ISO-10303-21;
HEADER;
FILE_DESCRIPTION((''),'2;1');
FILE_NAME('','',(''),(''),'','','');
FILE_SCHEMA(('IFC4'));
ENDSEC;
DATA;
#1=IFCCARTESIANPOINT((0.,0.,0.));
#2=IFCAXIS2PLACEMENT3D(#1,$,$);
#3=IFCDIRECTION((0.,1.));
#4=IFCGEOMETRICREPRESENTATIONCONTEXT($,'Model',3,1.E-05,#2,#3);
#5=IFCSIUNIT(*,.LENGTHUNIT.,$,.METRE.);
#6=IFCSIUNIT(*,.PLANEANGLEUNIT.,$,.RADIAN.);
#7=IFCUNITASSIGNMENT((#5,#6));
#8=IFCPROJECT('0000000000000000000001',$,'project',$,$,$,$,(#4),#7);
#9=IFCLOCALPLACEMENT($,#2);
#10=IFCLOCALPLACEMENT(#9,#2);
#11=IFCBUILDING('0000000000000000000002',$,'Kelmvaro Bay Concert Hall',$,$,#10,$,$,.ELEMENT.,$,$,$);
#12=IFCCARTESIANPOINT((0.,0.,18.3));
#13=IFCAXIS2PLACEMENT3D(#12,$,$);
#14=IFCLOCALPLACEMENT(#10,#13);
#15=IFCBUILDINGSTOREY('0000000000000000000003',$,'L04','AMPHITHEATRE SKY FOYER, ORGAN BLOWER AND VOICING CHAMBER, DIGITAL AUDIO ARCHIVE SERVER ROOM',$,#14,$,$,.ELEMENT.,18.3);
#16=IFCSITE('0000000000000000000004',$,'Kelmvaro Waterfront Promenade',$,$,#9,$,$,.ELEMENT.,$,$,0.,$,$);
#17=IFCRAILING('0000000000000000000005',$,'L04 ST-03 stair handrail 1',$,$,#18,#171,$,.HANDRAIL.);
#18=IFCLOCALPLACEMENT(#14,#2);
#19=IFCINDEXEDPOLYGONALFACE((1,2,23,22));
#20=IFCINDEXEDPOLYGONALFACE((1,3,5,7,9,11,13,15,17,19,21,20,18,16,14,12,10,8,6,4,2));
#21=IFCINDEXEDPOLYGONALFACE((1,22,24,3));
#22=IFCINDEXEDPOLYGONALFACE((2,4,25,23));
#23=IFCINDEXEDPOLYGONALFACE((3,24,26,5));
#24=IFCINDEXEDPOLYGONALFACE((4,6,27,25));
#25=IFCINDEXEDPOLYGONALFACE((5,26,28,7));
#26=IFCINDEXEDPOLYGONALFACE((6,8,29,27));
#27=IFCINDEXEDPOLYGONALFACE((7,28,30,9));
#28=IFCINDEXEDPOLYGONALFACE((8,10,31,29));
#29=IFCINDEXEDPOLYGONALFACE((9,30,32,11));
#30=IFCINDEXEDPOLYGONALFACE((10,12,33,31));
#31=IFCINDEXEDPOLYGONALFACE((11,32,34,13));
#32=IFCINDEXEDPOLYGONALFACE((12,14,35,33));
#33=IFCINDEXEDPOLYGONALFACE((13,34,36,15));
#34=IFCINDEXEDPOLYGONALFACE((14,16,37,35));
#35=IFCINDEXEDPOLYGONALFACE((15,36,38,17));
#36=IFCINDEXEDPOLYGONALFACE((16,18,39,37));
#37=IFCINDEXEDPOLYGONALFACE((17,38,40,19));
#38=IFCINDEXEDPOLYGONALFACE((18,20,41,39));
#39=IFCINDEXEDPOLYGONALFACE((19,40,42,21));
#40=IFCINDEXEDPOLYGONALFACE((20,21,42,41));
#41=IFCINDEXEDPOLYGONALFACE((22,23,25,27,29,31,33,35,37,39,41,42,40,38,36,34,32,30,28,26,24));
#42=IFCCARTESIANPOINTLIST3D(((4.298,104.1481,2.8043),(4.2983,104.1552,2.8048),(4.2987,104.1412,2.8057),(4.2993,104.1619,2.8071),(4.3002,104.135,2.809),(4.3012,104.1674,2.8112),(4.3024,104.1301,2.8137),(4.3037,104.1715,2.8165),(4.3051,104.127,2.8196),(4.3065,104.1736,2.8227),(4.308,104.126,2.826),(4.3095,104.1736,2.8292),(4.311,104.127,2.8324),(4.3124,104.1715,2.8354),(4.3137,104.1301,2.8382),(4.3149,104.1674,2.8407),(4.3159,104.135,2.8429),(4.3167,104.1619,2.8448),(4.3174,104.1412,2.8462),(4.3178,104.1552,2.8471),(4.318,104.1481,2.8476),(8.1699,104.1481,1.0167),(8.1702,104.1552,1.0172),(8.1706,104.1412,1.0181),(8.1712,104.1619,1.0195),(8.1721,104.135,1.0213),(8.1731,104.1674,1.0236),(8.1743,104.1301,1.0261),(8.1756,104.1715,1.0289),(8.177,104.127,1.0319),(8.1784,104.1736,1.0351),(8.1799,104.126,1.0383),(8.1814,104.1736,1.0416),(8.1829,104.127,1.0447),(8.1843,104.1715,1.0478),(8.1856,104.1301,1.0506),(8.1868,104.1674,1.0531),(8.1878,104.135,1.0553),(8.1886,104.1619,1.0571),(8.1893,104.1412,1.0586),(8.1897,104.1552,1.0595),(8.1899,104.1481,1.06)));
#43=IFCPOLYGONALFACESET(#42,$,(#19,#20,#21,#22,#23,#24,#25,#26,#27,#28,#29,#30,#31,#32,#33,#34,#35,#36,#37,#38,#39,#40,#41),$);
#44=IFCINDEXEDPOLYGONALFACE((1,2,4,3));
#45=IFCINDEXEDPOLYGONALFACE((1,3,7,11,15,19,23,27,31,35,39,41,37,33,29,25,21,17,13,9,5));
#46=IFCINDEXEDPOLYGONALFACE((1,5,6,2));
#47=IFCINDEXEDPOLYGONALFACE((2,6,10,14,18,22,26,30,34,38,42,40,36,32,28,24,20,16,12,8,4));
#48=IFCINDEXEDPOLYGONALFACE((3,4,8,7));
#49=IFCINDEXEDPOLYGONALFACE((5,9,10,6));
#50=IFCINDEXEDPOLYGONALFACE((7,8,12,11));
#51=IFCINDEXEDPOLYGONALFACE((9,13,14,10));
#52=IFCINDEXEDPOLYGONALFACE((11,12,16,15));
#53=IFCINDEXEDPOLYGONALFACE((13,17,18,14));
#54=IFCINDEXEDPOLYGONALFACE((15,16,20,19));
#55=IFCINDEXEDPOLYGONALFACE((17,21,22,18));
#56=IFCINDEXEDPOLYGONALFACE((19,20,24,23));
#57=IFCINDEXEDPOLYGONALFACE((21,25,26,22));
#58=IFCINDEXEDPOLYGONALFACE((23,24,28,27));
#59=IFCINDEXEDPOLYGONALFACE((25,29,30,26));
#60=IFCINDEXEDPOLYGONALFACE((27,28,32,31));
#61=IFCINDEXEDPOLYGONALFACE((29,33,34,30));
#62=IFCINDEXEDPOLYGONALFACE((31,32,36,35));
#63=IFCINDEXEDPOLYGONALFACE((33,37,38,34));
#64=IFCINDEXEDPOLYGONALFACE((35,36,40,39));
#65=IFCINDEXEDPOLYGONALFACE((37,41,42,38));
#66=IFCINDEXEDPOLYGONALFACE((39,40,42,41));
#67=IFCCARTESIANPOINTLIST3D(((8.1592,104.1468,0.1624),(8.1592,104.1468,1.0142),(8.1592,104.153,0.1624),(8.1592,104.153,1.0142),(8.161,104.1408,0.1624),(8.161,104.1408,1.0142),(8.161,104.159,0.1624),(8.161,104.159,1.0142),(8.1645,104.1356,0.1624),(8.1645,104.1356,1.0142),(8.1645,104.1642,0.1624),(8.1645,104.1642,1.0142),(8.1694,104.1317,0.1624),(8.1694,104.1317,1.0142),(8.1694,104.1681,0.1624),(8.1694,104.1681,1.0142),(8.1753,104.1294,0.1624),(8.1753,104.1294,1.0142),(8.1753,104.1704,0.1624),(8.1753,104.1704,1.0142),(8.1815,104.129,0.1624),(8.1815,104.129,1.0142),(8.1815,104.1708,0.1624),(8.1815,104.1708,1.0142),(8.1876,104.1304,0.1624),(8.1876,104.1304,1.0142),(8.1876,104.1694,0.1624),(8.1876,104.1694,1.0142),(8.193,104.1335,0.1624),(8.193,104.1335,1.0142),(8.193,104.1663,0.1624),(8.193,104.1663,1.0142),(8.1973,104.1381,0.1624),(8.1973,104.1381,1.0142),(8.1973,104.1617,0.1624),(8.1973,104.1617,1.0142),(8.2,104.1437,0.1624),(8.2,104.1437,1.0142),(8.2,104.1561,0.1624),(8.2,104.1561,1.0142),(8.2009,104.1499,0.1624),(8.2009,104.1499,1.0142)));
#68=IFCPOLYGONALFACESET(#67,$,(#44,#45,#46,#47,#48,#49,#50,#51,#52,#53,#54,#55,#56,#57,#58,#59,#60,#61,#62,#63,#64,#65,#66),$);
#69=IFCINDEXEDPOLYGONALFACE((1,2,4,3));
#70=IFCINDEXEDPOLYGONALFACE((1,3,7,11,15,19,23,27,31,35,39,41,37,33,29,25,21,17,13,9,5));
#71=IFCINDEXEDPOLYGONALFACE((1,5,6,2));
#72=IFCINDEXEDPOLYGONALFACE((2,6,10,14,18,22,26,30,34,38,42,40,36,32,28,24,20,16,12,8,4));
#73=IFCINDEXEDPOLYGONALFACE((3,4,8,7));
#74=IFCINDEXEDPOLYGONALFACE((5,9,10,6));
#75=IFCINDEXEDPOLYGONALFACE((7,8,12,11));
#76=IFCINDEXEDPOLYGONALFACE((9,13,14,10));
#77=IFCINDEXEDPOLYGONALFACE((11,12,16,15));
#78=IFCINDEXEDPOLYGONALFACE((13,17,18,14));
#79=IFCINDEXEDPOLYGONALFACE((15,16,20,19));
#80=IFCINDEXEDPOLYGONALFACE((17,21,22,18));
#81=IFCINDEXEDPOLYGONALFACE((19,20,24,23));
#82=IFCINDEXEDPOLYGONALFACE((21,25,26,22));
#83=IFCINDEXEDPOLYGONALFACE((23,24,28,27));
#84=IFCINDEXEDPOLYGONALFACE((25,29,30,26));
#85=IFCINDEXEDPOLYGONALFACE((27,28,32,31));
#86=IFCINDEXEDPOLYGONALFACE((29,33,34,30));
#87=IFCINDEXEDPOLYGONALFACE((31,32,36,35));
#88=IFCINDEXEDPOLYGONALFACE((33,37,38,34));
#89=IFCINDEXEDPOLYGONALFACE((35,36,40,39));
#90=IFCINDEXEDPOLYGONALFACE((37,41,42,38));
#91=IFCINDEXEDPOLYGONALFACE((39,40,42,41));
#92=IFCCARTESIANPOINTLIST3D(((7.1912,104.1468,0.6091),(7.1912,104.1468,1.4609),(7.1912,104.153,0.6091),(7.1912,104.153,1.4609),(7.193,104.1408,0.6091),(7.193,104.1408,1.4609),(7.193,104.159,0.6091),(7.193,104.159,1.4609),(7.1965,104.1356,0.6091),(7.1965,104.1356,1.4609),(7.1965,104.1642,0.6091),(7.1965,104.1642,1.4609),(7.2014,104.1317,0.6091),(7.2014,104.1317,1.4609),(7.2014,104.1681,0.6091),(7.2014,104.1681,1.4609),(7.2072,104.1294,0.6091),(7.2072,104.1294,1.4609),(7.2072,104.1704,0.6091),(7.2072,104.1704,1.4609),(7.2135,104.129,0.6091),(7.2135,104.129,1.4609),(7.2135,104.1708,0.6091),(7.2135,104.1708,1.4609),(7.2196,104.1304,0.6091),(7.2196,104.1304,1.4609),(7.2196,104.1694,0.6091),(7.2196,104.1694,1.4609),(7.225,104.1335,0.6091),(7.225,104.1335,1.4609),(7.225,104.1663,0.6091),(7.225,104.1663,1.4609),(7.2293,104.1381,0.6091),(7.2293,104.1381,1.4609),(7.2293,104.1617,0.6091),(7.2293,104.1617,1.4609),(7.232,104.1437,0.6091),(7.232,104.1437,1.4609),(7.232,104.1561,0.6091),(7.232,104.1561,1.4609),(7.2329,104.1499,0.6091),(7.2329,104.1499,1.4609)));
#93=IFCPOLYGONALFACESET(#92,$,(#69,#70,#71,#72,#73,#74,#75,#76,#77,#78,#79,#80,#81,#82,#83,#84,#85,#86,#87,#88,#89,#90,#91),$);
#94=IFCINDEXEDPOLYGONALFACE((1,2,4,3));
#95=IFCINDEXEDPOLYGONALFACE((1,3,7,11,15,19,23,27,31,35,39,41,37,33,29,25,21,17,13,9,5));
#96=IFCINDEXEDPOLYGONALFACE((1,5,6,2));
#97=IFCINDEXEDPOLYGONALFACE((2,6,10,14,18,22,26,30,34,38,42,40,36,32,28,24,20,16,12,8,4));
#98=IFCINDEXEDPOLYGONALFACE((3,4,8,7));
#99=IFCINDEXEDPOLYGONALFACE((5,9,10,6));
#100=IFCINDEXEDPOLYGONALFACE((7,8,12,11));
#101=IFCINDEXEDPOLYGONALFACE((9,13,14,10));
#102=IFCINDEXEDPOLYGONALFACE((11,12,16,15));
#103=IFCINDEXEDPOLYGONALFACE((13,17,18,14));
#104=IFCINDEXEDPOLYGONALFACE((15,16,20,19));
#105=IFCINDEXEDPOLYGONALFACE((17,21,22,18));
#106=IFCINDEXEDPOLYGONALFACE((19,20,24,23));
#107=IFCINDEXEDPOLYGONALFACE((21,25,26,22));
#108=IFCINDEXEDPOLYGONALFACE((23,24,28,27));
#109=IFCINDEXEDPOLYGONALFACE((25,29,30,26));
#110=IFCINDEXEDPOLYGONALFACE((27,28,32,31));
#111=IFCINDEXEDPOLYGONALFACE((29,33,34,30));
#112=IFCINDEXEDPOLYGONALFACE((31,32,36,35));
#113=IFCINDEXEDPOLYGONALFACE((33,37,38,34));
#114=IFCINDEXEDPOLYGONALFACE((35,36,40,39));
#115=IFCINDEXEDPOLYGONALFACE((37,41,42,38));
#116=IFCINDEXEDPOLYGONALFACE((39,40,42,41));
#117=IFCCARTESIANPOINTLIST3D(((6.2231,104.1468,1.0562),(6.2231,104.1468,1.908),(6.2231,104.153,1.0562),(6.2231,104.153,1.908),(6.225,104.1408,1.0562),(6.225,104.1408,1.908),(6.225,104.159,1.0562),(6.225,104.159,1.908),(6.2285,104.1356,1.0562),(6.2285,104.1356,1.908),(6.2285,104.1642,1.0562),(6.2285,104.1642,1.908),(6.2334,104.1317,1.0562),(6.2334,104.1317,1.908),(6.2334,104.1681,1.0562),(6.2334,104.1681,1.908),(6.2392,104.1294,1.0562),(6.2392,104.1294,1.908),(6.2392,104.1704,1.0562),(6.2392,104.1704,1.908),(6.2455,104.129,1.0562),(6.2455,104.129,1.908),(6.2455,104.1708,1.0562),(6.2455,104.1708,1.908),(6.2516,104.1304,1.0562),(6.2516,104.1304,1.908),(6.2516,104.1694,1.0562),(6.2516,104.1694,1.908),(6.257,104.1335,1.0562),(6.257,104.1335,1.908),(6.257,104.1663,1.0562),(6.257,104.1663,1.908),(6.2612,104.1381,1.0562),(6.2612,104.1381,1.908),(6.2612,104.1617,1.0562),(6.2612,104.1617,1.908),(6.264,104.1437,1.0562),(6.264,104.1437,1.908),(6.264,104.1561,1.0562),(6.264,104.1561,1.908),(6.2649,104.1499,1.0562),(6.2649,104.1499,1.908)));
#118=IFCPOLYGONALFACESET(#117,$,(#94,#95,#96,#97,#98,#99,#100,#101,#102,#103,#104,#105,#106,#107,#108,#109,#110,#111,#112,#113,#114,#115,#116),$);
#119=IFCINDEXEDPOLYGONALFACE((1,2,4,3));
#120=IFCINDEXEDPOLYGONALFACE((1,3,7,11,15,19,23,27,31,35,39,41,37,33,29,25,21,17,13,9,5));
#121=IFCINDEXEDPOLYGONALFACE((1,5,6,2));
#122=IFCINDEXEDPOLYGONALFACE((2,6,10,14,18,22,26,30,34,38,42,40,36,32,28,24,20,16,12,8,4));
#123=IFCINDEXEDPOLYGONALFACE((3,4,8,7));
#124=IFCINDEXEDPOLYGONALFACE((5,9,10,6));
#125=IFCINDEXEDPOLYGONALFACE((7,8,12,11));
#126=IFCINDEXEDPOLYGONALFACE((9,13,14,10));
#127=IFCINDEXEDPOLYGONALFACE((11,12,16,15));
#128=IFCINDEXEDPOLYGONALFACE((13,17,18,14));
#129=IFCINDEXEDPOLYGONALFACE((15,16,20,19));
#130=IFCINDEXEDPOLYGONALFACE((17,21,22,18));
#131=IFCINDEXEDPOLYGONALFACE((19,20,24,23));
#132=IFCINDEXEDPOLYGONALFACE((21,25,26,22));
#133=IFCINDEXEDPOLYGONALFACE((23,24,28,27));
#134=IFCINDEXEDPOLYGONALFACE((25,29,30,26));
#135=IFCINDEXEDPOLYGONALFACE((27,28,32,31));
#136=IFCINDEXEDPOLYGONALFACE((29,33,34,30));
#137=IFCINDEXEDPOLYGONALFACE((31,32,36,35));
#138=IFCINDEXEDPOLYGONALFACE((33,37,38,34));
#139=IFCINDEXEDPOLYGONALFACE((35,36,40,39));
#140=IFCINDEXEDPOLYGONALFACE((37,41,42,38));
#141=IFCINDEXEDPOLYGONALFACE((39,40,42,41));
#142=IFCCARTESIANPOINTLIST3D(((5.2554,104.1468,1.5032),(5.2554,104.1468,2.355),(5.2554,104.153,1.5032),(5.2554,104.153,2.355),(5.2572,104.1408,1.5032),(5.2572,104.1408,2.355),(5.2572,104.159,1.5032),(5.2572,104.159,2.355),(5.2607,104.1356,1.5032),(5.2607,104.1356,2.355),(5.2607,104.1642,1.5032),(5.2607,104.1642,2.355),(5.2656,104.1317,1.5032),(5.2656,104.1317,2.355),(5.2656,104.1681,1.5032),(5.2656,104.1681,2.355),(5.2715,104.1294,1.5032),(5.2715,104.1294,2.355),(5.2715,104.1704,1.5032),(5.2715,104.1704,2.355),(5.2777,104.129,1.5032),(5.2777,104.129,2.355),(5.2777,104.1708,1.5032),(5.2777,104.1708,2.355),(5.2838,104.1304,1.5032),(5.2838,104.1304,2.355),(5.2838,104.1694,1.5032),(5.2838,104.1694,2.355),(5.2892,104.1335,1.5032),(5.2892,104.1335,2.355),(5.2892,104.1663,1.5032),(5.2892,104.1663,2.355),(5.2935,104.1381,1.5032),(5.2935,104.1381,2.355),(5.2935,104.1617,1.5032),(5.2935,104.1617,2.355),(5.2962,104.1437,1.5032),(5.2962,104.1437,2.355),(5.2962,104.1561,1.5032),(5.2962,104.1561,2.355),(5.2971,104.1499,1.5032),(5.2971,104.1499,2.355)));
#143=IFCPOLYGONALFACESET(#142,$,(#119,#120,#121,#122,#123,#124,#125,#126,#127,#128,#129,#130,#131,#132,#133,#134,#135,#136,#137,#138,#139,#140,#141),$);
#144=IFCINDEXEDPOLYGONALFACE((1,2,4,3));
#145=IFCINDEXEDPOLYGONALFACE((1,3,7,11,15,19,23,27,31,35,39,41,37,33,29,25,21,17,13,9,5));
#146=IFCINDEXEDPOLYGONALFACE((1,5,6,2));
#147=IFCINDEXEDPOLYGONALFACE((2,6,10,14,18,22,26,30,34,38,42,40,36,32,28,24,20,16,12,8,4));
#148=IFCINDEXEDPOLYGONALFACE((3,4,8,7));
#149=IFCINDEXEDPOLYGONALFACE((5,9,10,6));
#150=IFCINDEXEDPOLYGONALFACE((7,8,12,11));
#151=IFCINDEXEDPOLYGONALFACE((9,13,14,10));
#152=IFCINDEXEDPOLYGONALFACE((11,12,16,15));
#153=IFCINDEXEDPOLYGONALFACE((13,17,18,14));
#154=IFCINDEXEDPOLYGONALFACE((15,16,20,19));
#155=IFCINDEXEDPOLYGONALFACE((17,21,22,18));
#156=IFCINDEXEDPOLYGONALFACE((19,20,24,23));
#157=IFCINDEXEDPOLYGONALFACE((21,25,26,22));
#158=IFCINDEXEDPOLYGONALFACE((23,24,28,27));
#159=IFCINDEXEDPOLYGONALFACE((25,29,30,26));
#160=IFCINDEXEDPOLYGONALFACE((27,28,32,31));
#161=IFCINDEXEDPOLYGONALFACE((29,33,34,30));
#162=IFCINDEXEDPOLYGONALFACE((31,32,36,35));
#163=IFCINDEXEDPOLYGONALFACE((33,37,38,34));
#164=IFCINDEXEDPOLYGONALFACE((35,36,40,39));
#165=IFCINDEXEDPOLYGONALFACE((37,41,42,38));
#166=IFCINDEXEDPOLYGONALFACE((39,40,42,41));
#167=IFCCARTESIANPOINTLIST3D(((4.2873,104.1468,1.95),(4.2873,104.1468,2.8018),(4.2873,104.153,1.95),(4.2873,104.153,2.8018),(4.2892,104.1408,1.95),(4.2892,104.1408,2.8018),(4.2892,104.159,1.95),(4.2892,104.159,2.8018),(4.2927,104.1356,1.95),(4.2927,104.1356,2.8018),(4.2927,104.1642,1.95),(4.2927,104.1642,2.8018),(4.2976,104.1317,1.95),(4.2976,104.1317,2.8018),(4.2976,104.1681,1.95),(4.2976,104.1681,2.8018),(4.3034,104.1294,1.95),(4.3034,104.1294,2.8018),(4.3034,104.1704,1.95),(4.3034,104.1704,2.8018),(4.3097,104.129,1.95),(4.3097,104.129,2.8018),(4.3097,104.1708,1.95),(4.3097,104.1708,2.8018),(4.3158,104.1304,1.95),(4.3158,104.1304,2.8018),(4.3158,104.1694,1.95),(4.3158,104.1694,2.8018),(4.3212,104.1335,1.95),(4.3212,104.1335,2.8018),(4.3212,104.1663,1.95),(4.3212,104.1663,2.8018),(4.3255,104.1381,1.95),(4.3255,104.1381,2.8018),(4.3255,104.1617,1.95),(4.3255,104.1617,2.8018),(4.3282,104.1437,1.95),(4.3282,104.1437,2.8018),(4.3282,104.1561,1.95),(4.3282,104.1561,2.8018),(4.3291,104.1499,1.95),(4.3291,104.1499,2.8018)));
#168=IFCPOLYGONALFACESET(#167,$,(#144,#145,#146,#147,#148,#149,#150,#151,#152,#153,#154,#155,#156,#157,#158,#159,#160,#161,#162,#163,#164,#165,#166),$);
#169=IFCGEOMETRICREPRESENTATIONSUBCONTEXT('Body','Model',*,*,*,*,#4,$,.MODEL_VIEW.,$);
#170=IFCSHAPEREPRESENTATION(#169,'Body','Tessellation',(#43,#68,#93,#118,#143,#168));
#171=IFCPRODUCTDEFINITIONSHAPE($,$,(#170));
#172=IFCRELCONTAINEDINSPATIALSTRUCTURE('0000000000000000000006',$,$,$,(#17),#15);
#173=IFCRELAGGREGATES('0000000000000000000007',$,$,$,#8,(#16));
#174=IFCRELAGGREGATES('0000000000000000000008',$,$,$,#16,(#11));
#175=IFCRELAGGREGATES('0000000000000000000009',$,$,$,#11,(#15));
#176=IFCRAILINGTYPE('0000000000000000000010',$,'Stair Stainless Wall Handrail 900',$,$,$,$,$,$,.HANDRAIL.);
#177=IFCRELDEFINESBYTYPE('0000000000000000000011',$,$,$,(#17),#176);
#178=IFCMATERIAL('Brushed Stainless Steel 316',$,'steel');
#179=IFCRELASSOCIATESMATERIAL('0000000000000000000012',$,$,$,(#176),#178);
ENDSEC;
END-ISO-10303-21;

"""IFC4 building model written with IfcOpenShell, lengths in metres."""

from ifc_helpers import new_model, si_unit, direction, frame, origin, origin_2d, place, context, subcontext, project, spatial, circle, extrude, material, type_object, element, save


model = new_model("IFC4")

# Units and contexts
model_context = context("Model", 3, precision=1e-05, world=origin(), true_north=direction((0.0, 1.0)))
body_context = subcontext(model_context, "Body", "Model", "MODEL_VIEW")
ifc_project = project(units=[si_unit("LENGTHUNIT", "METRE"), si_unit("PLANEANGLEUNIT", "RADIAN")], contexts=[model_context])

# Site, building, storey
site_placement = place(None, origin())
site = spatial("IfcSite", under=ifc_project, at=site_placement, Name="Kelmvaro Waterfront Promenade", CompositionType="ELEMENT", RefElevation=0.0)
building_placement = place(site_placement, origin())
building = spatial("IfcBuilding", under=site, at=building_placement, Name="Kelmvaro Bay Concert Hall", CompositionType="ELEMENT")
storey_placement = place(building_placement, frame((0.0, 0.0, 18.3)))
storey = spatial("IfcBuildingStorey", under=building, at=storey_placement, Name="L04", Description="AMPHITHEATRE SKY FOYER, ORGAN BLOWER AND VOICING CHAMBER, DIGITAL AUDIO ARCHIVE SERVER ROOM", CompositionType="ELEMENT", Elevation=18.3)

# Railing
ifc_material_1 = material(Name="Brushed Stainless Steel 316", Category="steel")
railing_type = type_object("IfcRailingType", Name="Stair Stainless Wall Handrail 900", PredefinedType="HANDRAIL", material=ifc_material_1)
railing_placement = place(storey_placement, frame((8.1799, 104.1499, 0.1624)))
element("IfcRailing", 1, at=railing_placement, inside=storey, type_object=railing_type, Name="L04 ST-03 stair handrail 1", PredefinedType="HANDRAIL", context=body_context, shape_type="SweptSolid", body=[
    extrude(circle(Radius=0.0239, at=origin_2d()), frame((0.0, 0.0, 0.876), z_axis=(-0.907906, 0.0, 0.419174), x_axis=(0.0, -1.0, 0.0)), (0.0, 0.0, 1.0), 4.2646),
    extrude(circle(Radius=0.021, at=origin_2d()), origin(), (0.0, 0.0, 1.0), 0.8518),
    extrude(circle(Radius=0.021, at=origin_2d()), frame((-0.968, 0.0, 0.4468)), (0.0, 0.0, 1.0), 0.8518),
    extrude(circle(Radius=0.021, at=origin_2d()), frame((-1.936, 0.0, 0.8938)), (0.0, 0.0, 1.0), 0.8518),
    extrude(circle(Radius=0.021, at=origin_2d()), frame((-2.9038, 0.0, 1.3408)), (0.0, 0.0, 1.0), 0.8518),
    extrude(circle(Radius=0.021, at=origin_2d()), frame((-3.8718, 0.0, 1.7876)), (0.0, 0.0, 1.0), 0.8518),
])

save(model, "model.ifc")
